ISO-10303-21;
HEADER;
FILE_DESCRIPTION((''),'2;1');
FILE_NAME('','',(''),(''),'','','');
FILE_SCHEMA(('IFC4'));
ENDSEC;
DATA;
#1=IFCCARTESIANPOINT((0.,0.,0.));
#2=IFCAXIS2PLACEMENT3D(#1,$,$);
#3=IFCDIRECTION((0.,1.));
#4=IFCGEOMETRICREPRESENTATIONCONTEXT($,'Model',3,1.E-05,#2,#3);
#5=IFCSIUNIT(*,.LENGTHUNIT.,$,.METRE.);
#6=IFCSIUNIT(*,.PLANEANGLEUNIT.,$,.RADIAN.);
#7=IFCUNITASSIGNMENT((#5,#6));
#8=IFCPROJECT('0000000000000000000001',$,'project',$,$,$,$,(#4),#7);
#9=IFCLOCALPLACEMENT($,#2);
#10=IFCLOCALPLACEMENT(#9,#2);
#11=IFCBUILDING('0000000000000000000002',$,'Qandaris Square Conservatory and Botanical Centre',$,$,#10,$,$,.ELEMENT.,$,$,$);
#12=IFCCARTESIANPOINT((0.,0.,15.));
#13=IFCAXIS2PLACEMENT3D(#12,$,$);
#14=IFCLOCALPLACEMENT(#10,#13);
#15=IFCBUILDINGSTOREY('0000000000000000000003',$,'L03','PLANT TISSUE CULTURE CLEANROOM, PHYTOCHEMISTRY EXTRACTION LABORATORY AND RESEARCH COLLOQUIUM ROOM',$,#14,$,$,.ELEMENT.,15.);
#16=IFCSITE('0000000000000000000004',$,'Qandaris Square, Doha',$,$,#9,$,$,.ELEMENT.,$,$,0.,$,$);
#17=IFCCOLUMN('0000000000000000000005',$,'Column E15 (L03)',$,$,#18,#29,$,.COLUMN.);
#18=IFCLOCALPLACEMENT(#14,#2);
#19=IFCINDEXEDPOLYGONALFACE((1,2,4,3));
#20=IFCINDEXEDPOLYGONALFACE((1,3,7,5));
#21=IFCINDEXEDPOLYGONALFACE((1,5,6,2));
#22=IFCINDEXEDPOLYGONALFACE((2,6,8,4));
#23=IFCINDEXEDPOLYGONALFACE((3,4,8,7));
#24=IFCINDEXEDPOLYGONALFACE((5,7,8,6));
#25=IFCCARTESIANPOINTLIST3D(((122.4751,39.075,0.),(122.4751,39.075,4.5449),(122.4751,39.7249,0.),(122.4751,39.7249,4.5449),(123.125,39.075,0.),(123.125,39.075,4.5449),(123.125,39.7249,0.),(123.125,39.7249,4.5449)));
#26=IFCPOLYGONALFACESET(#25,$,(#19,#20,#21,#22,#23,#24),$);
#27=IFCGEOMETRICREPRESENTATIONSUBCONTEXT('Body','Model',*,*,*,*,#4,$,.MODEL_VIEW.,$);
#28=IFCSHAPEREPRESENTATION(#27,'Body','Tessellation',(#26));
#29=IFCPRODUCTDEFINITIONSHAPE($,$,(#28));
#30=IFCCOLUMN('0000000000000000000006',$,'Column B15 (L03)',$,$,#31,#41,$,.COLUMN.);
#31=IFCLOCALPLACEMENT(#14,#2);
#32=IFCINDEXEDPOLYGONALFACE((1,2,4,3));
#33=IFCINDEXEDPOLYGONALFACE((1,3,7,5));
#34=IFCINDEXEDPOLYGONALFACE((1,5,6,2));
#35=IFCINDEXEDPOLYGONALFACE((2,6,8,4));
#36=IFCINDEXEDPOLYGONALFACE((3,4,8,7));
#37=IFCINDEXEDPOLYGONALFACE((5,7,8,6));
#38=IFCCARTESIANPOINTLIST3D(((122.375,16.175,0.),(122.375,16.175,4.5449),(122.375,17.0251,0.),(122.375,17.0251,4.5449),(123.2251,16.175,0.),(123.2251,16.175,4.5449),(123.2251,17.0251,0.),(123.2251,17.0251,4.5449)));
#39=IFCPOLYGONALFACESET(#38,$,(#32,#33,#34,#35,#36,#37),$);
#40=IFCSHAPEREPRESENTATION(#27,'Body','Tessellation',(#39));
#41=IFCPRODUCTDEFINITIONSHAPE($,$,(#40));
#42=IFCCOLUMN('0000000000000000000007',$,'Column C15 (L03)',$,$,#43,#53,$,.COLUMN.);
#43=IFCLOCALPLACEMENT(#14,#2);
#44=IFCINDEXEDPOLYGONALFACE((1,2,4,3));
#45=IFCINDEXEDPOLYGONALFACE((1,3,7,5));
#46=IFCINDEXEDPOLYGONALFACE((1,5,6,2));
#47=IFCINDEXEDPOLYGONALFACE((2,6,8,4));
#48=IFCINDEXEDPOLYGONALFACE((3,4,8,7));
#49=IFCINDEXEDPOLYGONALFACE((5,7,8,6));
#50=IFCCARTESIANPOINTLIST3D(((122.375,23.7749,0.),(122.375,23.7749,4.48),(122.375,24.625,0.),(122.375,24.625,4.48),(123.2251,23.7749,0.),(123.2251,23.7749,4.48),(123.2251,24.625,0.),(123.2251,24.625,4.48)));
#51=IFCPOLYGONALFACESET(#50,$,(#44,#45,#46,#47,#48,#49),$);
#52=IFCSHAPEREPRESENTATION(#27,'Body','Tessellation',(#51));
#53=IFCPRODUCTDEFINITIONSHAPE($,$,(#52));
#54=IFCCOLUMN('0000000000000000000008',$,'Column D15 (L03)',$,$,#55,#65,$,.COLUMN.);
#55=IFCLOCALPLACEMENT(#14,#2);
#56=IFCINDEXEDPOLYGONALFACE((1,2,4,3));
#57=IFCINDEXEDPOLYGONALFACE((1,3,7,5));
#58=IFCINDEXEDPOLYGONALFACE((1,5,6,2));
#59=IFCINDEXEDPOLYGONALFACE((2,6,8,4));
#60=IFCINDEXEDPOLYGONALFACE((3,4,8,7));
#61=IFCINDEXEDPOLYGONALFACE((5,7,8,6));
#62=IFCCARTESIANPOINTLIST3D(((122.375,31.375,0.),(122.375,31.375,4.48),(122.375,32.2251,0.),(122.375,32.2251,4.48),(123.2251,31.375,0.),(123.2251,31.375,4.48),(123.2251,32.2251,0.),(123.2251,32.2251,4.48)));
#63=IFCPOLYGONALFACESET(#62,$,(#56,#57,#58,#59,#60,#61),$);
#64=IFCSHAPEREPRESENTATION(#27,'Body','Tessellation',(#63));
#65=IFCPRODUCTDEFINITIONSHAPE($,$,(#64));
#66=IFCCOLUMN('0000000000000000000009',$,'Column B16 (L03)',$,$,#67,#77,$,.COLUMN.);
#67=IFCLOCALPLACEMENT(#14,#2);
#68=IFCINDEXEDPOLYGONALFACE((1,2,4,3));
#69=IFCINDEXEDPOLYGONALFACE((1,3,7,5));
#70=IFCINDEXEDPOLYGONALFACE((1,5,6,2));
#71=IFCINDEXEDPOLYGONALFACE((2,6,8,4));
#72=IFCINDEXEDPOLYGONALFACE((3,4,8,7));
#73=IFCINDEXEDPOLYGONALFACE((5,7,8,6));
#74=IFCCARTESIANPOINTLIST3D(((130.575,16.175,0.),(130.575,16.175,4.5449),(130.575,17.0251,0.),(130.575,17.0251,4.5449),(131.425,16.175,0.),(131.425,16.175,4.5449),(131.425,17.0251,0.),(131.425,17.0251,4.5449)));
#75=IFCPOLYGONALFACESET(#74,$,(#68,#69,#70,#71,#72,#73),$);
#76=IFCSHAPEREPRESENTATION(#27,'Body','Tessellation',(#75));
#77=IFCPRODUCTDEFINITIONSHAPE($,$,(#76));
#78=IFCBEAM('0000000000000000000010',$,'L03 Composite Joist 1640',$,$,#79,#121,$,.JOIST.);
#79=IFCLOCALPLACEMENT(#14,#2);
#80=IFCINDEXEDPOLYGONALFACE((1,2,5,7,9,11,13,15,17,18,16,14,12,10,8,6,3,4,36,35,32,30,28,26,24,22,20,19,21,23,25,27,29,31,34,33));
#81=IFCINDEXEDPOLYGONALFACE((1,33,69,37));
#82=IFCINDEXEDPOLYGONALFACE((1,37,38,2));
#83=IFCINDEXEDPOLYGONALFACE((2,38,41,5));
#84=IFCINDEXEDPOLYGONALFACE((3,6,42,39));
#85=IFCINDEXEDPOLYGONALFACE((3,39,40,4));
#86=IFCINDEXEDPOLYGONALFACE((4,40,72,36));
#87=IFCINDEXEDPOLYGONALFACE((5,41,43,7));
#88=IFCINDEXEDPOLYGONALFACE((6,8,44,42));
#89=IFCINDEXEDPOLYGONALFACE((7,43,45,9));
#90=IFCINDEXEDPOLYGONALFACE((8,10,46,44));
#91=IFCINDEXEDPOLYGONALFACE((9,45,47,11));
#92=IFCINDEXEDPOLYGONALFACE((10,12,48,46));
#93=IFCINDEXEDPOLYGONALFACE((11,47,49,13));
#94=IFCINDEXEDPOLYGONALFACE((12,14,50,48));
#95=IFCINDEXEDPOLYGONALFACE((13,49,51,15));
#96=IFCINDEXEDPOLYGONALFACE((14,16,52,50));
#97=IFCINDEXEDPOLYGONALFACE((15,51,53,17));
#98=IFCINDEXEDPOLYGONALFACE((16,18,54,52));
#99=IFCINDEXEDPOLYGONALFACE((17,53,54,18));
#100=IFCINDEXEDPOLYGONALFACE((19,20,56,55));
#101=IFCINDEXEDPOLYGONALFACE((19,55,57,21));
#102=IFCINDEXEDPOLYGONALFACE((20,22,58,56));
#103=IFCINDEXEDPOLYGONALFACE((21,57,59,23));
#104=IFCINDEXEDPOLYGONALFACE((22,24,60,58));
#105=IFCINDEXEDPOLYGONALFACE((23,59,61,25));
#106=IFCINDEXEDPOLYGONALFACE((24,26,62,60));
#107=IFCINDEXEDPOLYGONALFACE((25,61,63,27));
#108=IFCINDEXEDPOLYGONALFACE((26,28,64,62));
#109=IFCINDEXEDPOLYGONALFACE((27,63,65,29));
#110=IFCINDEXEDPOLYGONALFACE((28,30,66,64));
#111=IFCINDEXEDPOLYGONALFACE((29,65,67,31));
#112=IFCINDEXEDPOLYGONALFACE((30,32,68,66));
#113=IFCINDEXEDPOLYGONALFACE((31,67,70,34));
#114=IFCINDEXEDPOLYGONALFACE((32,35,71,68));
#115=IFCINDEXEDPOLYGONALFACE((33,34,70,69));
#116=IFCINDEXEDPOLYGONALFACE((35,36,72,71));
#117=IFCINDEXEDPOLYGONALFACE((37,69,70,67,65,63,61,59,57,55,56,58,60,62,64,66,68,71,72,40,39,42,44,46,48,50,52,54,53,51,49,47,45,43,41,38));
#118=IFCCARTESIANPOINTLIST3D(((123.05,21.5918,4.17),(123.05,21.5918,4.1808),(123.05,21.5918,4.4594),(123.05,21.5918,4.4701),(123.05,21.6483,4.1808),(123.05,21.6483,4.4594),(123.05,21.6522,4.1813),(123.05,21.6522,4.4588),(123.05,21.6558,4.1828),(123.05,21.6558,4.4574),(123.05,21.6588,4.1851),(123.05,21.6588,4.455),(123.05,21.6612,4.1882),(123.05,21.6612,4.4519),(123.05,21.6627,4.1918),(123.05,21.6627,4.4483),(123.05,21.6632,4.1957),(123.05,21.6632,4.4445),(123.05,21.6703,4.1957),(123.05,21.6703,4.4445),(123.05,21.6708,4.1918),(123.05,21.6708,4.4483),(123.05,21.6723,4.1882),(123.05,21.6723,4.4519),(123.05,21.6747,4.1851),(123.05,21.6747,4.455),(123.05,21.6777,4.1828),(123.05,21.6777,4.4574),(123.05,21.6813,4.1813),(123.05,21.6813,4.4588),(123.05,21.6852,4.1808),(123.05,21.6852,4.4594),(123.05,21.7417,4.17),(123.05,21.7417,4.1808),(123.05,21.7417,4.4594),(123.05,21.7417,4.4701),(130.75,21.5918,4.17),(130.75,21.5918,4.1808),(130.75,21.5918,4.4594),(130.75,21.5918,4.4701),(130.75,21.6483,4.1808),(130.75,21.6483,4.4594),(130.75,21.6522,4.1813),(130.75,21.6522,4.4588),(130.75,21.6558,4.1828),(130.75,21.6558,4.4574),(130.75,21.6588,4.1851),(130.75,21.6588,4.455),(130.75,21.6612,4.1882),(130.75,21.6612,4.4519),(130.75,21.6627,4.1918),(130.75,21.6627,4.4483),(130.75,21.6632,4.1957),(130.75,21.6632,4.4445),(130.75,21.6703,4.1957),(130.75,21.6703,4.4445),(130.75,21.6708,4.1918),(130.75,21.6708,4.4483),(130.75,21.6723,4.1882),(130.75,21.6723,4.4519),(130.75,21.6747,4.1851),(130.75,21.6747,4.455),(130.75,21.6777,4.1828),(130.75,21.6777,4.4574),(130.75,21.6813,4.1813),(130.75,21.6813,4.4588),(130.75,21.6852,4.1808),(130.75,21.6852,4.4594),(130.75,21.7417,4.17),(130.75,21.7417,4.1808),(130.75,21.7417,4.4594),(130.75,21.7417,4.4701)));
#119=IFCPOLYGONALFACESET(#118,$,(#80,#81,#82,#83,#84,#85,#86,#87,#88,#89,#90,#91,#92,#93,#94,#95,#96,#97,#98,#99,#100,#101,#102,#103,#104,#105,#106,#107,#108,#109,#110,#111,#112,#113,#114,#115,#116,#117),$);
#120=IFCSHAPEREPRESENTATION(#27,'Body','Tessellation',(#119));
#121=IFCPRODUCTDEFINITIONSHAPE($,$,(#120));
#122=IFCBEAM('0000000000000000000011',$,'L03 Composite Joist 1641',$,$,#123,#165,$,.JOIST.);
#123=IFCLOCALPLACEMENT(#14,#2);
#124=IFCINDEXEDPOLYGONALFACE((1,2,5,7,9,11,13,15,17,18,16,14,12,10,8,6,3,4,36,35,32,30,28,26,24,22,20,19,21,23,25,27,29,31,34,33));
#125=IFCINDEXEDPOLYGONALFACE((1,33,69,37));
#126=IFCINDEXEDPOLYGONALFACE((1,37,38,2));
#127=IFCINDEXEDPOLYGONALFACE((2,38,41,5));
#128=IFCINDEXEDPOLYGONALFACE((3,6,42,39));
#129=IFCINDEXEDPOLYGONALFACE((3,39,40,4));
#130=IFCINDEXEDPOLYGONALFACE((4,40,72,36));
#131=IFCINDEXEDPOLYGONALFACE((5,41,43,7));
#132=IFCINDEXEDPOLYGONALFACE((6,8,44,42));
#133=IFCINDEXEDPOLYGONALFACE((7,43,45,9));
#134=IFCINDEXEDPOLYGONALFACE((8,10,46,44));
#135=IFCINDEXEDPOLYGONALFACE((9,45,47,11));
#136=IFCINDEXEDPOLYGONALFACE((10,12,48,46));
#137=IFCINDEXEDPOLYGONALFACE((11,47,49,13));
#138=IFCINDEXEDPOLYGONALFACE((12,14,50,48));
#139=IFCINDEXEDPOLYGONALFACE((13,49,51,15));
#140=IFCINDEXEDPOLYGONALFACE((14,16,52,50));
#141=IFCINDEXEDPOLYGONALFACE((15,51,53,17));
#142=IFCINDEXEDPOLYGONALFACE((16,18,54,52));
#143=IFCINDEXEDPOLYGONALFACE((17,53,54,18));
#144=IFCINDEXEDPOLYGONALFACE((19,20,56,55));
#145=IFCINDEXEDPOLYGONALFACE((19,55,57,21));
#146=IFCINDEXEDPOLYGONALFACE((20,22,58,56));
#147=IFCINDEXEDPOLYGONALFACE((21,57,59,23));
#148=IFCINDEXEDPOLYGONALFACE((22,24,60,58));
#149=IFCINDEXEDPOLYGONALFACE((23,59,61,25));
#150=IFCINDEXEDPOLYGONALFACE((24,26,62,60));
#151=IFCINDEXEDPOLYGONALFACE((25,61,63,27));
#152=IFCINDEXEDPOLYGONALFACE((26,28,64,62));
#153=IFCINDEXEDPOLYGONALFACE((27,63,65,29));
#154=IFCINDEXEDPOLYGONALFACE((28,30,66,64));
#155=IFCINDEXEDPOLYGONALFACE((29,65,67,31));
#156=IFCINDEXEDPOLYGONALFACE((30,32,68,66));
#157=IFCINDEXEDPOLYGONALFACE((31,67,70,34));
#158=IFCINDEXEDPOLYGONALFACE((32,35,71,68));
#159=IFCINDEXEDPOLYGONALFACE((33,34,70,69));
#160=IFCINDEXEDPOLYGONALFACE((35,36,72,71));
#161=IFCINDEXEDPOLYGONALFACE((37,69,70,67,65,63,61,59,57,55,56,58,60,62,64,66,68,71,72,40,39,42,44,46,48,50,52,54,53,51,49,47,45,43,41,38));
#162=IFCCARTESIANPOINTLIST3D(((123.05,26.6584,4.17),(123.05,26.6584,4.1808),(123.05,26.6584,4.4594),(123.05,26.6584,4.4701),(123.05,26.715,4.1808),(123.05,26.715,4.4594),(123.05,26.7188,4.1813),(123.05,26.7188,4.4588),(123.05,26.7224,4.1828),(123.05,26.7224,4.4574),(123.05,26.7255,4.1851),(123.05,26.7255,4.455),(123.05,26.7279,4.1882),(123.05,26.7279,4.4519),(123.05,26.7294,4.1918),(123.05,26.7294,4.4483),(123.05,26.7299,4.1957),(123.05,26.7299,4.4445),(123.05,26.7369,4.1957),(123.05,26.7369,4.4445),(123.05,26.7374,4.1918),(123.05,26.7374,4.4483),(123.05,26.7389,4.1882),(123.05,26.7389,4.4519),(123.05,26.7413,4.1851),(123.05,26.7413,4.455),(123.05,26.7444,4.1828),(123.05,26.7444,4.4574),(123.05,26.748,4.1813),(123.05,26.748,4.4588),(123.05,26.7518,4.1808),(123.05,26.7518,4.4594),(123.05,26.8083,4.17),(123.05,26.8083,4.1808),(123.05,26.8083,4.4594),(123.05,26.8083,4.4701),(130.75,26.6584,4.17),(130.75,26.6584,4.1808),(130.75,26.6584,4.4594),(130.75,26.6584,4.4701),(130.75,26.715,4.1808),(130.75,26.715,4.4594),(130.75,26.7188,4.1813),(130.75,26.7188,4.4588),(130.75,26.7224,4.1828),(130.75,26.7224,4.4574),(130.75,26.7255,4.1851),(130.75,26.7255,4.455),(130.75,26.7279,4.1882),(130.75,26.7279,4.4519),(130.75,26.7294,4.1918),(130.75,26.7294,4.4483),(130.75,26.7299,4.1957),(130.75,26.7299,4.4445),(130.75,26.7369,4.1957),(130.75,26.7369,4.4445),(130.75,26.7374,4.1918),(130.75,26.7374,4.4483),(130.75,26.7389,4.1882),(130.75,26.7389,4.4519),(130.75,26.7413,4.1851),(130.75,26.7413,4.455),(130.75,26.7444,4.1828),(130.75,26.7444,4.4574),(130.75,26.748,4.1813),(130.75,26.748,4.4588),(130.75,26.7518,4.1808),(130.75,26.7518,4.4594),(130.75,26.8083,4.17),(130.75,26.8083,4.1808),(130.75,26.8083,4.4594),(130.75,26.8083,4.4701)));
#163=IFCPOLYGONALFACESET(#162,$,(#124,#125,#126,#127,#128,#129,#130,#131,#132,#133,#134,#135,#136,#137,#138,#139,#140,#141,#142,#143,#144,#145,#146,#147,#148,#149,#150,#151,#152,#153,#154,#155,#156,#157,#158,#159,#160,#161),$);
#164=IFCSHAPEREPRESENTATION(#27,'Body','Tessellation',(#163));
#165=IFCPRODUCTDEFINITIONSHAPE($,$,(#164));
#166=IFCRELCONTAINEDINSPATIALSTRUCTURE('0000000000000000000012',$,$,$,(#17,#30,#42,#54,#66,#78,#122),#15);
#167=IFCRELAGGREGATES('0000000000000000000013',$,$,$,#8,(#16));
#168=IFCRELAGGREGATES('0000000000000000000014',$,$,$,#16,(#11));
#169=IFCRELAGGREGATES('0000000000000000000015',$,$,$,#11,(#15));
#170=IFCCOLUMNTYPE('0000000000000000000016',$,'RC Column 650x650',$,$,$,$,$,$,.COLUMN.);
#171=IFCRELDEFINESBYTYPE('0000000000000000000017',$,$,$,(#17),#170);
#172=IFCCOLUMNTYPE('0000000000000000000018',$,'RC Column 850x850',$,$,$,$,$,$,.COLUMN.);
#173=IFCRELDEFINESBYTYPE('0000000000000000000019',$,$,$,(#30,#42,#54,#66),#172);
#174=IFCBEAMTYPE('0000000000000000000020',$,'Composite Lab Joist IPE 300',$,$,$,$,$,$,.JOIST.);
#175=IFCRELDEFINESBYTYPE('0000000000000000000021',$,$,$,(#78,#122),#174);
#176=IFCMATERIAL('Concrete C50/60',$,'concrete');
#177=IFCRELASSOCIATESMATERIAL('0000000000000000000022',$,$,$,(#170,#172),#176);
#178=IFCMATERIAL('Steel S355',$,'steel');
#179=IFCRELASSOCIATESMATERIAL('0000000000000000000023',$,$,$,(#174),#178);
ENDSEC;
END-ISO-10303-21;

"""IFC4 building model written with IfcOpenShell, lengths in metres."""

from ifc_helpers import new_model, si_unit, direction, frame, origin, origin_2d, place, context, subcontext, project, spatial, rectangle, i_section, extrude, material, material_profile, profile_set, type_object, element, save


model = new_model("IFC4")

# Units and contexts
model_context = context("Model", 3, precision=1e-05, world=origin(), true_north=direction((0.0, 1.0)))
body_context = subcontext(model_context, "Body", "Model", "MODEL_VIEW")
ifc_project = project(units=[si_unit("LENGTHUNIT", "METRE"), si_unit("PLANEANGLEUNIT", "RADIAN")], contexts=[model_context])

# Site, building, storey
site_placement = place(None, origin())
site = spatial("IfcSite", under=ifc_project, at=site_placement, Name="Qandaris Square, Doha", CompositionType="ELEMENT", RefElevation=0.0)
building_placement = place(site_placement, origin())
building = spatial("IfcBuilding", under=site, at=building_placement, Name="Qandaris Square Conservatory and Botanical Centre", CompositionType="ELEMENT")
storey_placement = place(building_placement, frame((0.0, 0.0, 15.0)))
storey = spatial("IfcBuildingStorey", under=building, at=storey_placement, Name="L03", Description="PLANT TISSUE CULTURE CLEANROOM, PHYTOCHEMISTRY EXTRACTION LABORATORY AND RESEARCH COLLOQUIUM ROOM", CompositionType="ELEMENT", Elevation=15.0)

# Columns
ifc_material_1 = material(Name="Concrete C50/60", Category="concrete")
ifc_material_profile_1 = material_profile(ifc_material_1, rectangle(XDim=0.6499, YDim=0.6499, at=origin_2d()), Name="RC-COL 650x650")
ifc_profile_set_1 = profile_set([ifc_material_profile_1], Name="Concrete C50/60")
column_type_1 = type_object("IfcColumnType", Name="RC Column 650x650", PredefinedType="COLUMN", material=ifc_profile_set_1)
column_1_placement = place(storey_placement, frame((122.8, 39.3999, 0.0), z_axis=(0.0, 0.0, 1.0), x_axis=(1.0, 0.0, 0.0)))
element("IfcColumn", 1, at=column_1_placement, inside=storey, type_object=column_type_1, Name="Column E15 (L03)", PredefinedType="COLUMN", context=body_context, shape_type="SweptSolid", body=[
    extrude(rectangle(XDim=0.6499, YDim=0.6499, at=origin_2d()), origin(), (0.0, 0.0, 1.0), 4.5449),
])
ifc_material_profile_2 = material_profile(ifc_material_1, rectangle(XDim=0.8501, YDim=0.8501, at=origin_2d()), Name="RC-COL 850x850")
ifc_profile_set_2 = profile_set([ifc_material_profile_2], Name="Concrete C50/60")
column_type_2 = type_object("IfcColumnType", Name="RC Column 850x850", PredefinedType="COLUMN", material=ifc_profile_set_2)
column_2_placement = place(storey_placement, frame((122.8, 16.6001, 0.0), z_axis=(0.0, 0.0, 1.0), x_axis=(1.0, 0.0, 0.0)))
element("IfcColumn", 2, at=column_2_placement, inside=storey, type_object=column_type_2, Name="Column B15 (L03)", PredefinedType="COLUMN", context=body_context, shape_type="SweptSolid", body=[
    extrude(rectangle(XDim=0.8501, YDim=0.8501, at=origin_2d()), origin(), (0.0, 0.0, 1.0), 4.5449),
])
for number, where, z_axis, x_axis, name in (
    (3, (122.8, 24.2, 0.0), (0.0, 0.0, 1.0), (1.0, 0.0, 0.0), "Column C15 (L03)"),
    (4, (122.8, 31.8, 0.0), (0.0, 0.0, 1.0), (1.0, 0.0, 0.0), "Column D15 (L03)"),
):
    element("IfcColumn", number, at=place(storey_placement, frame(where, z_axis=z_axis, x_axis=x_axis)), inside=storey, type_object=column_type_2, Name=name, PredefinedType="COLUMN", context=body_context, shape_type="SweptSolid", body=[
        extrude(rectangle(XDim=0.8501, YDim=0.8501, at=origin_2d()), origin(), (0.0, 0.0, 1.0), 4.48),
    ])
column_3_placement = place(storey_placement, frame((131.0, 16.6001, 0.0), z_axis=(0.0, 0.0, 1.0), x_axis=(1.0, 0.0, 0.0)))
element("IfcColumn", 5, at=column_3_placement, inside=storey, type_object=column_type_2, Name="Column B16 (L03)", PredefinedType="COLUMN", context=body_context, shape_type="SweptSolid", body=[
    extrude(rectangle(XDim=0.8501, YDim=0.8501, at=origin_2d()), origin(), (0.0, 0.0, 1.0), 4.5449),
])

# Beams
ifc_material_2 = material(Name="Steel S355", Category="steel")
ifc_material_profile_3 = material_profile(ifc_material_2, i_section(OverallWidth=0.1499, OverallDepth=0.3, WebThickness=0.0071, FlangeThickness=0.0107, FilletRadius=0.0149, at=origin_2d()), Name="IPE 300")
ifc_profile_set_3 = profile_set([ifc_material_profile_3], Name="Steel S355")
beam_type_1 = type_object("IfcBeamType", Name="Composite Lab Joist IPE 300", PredefinedType="JOIST", material=ifc_profile_set_3)
for number, where, z_axis, x_axis, name in (
    (6, (123.05, 21.6667, 4.3201), (1.0, 0.0, 0.0), (0.0, 1.0, 0.0), "L03 Composite Joist 1640"),
    (7, (123.05, 26.7334, 4.3201), (1.0, 0.0, 0.0), (0.0, 1.0, 0.0), "L03 Composite Joist 1641"),
):
    element("IfcBeam", number, at=place(storey_placement, frame(where, z_axis=z_axis, x_axis=x_axis)), inside=storey, type_object=beam_type_1, Name=name, PredefinedType="JOIST", context=body_context, shape_type="SweptSolid", body=[
        extrude(i_section(OverallWidth=0.1499, OverallDepth=0.3, WebThickness=0.0071, FlangeThickness=0.0107, FilletRadius=0.0149, at=origin_2d()), origin(), (0.0, 0.0, 1.0), 7.7),
    ])

save(model, "model.ifc")
